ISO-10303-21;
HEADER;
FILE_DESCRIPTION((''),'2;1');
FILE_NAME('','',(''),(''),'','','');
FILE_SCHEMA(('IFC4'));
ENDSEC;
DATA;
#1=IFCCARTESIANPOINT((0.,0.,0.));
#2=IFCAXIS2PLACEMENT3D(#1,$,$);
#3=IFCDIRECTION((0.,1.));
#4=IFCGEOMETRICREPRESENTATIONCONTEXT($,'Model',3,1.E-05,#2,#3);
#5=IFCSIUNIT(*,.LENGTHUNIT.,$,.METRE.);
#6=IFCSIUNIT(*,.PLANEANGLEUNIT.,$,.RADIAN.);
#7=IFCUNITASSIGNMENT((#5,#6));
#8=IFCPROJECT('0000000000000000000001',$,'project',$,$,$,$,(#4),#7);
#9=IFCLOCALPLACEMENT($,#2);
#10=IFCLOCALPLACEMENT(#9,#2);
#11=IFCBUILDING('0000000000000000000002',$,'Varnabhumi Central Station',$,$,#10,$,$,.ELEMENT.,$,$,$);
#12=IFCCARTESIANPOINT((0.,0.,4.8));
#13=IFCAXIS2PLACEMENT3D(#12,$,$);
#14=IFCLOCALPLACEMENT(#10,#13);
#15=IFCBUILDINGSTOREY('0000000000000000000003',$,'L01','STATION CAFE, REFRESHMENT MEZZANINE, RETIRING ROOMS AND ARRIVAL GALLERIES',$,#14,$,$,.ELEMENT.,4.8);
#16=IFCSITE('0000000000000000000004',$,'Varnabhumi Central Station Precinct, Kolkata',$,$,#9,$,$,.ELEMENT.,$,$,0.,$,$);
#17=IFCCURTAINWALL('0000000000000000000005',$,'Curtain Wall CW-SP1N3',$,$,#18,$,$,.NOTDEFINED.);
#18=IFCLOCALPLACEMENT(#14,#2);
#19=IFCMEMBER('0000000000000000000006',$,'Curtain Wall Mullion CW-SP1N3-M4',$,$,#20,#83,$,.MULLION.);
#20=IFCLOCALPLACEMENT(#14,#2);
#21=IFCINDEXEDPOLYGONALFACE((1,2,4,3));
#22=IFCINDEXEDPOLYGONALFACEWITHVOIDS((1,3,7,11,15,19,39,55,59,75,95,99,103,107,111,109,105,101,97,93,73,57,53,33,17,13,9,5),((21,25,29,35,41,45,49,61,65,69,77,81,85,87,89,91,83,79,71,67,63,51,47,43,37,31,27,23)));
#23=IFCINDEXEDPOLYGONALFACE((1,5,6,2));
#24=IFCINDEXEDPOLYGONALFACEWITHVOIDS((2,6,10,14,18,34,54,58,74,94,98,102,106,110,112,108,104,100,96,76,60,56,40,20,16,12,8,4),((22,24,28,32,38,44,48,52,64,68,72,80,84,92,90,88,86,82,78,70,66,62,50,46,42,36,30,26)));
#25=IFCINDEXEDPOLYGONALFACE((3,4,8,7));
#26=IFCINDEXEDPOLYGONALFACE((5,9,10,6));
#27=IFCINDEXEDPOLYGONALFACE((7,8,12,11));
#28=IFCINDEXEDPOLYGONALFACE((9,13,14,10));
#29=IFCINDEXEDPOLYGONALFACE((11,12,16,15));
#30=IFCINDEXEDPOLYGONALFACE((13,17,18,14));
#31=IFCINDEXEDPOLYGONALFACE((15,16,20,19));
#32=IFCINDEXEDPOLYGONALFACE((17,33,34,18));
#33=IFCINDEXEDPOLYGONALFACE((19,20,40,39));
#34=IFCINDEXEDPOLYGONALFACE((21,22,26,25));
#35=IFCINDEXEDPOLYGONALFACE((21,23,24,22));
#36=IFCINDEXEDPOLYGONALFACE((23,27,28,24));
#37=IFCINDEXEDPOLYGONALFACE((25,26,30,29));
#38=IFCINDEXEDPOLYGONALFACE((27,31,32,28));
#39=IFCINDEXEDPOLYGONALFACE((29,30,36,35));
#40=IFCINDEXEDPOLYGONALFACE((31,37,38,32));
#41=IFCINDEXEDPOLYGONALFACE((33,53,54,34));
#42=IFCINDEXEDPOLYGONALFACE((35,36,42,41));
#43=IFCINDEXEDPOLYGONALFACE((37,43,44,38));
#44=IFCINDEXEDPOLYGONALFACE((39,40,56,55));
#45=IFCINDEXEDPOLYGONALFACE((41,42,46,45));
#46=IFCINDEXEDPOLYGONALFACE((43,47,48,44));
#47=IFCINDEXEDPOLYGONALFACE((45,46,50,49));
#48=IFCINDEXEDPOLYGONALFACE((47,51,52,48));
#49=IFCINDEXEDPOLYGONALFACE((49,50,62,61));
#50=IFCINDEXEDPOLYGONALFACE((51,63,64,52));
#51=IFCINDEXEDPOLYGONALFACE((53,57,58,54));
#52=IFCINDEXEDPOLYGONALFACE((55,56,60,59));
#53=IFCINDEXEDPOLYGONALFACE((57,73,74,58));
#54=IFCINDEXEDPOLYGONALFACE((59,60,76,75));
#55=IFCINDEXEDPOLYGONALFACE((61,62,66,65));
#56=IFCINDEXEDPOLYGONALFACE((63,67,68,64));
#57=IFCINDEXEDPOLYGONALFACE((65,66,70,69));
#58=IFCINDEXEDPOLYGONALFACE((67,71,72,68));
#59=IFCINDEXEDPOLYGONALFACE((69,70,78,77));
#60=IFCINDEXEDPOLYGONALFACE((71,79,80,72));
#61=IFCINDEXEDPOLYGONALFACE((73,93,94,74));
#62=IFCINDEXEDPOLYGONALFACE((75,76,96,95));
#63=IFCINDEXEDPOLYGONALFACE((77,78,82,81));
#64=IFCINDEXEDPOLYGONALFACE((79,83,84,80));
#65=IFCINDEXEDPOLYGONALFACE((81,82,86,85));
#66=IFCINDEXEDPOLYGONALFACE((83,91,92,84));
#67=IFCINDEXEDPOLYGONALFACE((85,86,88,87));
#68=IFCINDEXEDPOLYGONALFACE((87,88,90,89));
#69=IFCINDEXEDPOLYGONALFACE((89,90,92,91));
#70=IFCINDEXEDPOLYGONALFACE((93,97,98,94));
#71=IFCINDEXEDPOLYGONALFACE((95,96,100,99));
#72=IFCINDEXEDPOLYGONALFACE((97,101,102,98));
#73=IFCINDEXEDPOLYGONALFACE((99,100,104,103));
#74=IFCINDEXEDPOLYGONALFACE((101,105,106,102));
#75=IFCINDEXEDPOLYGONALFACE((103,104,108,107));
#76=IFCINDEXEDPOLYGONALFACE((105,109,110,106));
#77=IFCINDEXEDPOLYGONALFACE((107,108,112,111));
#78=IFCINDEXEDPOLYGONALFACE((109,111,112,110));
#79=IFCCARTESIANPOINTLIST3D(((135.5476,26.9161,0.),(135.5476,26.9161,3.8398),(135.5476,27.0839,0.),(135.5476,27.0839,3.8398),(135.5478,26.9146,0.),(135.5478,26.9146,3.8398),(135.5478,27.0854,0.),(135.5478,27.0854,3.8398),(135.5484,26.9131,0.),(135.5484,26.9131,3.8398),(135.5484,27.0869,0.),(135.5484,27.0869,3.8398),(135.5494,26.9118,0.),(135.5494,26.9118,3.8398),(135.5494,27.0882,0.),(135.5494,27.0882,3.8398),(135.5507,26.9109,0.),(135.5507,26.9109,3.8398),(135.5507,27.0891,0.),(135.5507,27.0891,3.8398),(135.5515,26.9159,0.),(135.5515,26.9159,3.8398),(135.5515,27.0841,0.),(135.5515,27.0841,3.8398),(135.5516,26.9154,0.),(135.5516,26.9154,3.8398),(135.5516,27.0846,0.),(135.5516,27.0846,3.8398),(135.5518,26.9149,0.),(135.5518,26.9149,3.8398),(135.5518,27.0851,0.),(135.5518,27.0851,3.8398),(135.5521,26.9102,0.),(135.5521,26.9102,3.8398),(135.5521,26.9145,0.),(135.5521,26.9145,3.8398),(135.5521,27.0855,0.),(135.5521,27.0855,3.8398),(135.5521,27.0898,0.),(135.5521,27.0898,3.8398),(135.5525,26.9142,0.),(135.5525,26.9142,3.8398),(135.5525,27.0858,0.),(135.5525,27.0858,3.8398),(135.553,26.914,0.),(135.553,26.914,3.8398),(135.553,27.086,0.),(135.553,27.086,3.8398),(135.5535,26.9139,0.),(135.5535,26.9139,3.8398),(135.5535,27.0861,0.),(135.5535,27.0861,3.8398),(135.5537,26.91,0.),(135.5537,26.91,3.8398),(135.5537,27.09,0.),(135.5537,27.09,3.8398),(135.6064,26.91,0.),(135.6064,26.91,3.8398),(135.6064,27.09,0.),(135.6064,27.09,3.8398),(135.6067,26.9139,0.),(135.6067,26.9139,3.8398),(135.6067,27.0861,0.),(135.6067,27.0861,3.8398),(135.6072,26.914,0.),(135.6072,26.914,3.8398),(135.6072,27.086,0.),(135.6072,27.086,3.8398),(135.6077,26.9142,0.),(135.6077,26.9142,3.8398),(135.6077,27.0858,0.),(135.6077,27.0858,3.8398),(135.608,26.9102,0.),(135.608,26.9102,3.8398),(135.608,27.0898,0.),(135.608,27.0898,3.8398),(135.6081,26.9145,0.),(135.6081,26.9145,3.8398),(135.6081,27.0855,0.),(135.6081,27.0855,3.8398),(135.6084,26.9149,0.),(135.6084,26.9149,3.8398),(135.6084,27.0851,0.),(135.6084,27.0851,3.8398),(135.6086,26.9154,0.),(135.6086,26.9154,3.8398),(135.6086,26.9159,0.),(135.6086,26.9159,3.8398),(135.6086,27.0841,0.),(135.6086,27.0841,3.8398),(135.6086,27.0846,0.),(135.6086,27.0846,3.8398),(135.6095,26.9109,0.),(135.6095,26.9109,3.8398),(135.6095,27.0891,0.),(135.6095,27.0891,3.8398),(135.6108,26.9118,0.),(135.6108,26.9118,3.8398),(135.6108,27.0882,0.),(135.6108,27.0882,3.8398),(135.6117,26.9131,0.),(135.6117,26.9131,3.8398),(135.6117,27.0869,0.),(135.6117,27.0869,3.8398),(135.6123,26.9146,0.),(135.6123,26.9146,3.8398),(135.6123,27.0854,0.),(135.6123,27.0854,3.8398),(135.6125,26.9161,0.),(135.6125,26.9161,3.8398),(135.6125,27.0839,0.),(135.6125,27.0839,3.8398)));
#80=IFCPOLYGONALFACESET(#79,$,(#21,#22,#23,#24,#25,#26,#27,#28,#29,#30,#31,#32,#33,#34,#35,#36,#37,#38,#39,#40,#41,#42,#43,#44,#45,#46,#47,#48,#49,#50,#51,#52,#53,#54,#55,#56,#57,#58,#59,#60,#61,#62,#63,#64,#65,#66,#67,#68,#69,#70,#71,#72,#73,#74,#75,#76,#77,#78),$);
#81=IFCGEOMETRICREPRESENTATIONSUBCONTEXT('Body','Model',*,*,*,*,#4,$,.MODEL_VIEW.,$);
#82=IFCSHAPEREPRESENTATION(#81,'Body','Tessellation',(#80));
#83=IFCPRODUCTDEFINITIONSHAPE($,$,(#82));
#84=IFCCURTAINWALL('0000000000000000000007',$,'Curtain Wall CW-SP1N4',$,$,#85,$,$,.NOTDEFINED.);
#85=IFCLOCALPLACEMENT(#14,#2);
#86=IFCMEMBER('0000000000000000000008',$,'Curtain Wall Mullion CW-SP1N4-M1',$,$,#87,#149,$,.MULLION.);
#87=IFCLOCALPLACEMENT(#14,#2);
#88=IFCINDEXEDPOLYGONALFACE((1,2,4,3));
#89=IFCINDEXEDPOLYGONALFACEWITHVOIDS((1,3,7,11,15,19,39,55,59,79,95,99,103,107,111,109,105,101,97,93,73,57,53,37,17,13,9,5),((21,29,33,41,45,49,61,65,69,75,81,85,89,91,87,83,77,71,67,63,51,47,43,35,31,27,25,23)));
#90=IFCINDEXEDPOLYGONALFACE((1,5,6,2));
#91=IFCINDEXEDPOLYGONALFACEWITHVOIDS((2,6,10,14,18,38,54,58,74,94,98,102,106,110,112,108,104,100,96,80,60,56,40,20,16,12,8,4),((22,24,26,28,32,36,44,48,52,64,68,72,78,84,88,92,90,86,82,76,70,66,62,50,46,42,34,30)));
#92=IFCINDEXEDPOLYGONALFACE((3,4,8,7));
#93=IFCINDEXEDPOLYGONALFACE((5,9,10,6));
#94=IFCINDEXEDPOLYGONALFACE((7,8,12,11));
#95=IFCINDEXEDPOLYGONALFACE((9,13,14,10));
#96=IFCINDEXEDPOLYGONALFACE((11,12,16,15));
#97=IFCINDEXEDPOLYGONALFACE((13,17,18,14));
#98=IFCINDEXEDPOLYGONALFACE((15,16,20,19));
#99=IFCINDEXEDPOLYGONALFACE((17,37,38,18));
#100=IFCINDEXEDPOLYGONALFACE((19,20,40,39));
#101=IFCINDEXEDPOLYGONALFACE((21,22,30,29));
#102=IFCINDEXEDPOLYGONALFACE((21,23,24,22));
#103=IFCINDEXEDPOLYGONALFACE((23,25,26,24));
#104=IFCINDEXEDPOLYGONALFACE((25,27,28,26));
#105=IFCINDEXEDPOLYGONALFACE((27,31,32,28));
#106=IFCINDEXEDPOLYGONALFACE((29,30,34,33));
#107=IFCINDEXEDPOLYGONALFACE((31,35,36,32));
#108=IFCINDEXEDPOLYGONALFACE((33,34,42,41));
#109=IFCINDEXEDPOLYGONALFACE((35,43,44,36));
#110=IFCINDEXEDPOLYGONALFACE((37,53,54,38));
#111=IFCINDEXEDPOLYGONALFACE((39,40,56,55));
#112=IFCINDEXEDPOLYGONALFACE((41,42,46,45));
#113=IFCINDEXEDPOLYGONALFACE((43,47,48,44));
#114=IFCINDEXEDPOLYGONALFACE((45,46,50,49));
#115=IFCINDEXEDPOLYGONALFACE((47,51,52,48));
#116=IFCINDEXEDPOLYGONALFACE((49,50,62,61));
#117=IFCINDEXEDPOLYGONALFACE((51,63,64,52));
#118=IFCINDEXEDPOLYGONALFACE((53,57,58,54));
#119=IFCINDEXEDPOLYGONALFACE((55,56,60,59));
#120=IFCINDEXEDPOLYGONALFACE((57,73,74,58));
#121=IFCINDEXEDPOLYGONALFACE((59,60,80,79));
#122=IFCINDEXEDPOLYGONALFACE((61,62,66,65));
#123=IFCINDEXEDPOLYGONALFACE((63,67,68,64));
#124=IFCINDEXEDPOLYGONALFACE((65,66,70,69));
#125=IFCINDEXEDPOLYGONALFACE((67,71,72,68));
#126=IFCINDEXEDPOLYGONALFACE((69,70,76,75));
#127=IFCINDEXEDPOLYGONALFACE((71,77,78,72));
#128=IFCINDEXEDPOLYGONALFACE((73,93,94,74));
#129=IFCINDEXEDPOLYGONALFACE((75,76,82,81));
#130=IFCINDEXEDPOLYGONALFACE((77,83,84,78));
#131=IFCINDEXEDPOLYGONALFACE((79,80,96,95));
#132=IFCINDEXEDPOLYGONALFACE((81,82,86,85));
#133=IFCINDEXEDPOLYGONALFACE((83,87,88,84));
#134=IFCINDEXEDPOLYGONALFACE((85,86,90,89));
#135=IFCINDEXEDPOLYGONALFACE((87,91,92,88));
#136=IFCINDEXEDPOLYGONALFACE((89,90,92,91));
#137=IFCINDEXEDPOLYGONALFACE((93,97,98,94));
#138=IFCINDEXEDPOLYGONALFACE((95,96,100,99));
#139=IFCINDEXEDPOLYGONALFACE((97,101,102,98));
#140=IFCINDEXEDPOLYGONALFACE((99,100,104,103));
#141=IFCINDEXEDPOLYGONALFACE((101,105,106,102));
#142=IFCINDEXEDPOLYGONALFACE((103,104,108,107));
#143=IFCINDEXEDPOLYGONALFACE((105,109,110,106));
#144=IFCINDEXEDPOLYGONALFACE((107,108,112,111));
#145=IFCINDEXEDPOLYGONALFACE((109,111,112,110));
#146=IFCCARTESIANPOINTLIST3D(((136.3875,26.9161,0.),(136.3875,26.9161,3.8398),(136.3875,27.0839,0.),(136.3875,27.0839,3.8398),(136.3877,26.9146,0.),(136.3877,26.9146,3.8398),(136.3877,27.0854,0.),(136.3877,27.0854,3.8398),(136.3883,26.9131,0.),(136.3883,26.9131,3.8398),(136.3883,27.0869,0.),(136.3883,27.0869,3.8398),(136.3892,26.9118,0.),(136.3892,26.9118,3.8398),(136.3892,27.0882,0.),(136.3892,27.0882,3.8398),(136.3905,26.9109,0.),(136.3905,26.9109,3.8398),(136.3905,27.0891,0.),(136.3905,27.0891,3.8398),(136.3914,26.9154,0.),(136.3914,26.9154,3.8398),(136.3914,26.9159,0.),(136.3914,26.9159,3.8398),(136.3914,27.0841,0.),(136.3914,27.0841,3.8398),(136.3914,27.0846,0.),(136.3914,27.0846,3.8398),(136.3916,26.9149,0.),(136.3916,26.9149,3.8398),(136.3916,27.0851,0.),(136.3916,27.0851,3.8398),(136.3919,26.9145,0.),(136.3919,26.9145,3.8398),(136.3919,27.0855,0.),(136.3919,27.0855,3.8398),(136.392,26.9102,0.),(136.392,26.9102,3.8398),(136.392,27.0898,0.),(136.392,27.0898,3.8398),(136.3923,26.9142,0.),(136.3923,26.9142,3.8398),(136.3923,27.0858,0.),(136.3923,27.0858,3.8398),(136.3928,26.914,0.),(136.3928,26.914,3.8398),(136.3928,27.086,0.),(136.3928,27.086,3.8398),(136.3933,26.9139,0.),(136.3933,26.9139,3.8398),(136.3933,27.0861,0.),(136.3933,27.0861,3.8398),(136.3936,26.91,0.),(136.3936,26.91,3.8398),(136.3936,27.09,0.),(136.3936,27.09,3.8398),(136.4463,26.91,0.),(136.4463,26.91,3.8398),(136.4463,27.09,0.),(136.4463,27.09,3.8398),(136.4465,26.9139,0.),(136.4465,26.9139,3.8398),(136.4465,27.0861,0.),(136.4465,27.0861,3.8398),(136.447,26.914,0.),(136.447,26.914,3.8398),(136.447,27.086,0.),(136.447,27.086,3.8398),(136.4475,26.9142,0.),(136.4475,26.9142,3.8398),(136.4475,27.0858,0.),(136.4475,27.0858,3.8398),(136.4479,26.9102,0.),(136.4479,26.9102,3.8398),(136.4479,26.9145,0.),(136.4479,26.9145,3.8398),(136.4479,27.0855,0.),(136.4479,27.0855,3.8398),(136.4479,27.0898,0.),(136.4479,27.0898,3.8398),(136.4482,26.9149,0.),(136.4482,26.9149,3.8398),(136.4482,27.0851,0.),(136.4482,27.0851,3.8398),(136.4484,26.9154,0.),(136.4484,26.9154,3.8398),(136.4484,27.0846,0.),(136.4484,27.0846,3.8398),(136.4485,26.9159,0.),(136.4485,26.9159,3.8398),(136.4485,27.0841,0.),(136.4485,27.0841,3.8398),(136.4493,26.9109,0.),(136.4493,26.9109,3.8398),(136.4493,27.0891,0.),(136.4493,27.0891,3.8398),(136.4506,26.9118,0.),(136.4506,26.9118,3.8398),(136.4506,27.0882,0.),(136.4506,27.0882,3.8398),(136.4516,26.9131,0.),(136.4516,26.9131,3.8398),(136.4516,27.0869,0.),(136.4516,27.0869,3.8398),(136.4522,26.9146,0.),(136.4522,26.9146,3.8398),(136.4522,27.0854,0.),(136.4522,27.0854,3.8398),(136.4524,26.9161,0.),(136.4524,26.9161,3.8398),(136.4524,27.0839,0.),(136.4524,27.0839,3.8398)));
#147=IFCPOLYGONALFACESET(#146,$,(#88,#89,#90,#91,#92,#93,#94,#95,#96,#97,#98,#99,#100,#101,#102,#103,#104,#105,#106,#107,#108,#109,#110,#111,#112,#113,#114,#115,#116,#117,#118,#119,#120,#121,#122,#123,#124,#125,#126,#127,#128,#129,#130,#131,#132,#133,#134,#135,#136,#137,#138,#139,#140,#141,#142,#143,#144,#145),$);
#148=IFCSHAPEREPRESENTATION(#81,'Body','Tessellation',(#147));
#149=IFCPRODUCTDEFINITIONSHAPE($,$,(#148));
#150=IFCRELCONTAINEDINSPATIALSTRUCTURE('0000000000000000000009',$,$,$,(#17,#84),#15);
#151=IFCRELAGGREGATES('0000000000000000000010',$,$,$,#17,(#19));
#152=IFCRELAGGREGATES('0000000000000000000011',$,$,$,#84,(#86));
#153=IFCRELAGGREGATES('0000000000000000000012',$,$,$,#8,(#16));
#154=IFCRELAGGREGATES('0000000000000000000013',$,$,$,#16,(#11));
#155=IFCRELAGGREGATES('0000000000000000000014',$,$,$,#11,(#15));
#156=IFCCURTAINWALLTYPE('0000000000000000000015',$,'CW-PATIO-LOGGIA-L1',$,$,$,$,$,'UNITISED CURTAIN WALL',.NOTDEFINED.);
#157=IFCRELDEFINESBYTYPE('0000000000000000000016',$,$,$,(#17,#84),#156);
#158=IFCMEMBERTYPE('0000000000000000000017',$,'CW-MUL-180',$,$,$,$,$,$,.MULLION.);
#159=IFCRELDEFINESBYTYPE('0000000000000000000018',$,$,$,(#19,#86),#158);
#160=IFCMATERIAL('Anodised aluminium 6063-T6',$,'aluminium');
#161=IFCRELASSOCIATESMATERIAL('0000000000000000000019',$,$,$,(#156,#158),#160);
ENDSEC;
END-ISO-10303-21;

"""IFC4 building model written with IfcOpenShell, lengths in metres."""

from ifc_helpers import new_model, si_unit, direction, frame, origin, origin_2d, place, context, subcontext, project, spatial, hollow_rectangle, extrude, material, material_profile, profile_set, type_object, element, aggregate, save


model = new_model("IFC4")

# Units and contexts
model_context = context("Model", 3, precision=1e-05, world=origin(), true_north=direction((0.0, 1.0)))
body_context = subcontext(model_context, "Body", "Model", "MODEL_VIEW")
ifc_project = project(units=[si_unit("LENGTHUNIT", "METRE"), si_unit("PLANEANGLEUNIT", "RADIAN")], contexts=[model_context])

# Site, building, storey
site_placement = place(None, origin())
site = spatial("IfcSite", under=ifc_project, at=site_placement, Name="Varnabhumi Central Station Precinct, Kolkata", CompositionType="ELEMENT", RefElevation=0.0)
building_placement = place(site_placement, origin())
building = spatial("IfcBuilding", under=site, at=building_placement, Name="Varnabhumi Central Station", CompositionType="ELEMENT")
storey_placement = place(building_placement, frame((0.0, 0.0, 4.8)))
storey = spatial("IfcBuildingStorey", under=building, at=storey_placement, Name="L01", Description="STATION CAFE, REFRESHMENT MEZZANINE, RETIRING ROOMS AND ARRIVAL GALLERIES", CompositionType="ELEMENT", Elevation=4.8)

# Curtain wall, member
ifc_material_1 = material(Name="Anodised aluminium 6063-T6", Category="aluminium")
curtain_wall_type = type_object("IfcCurtainWallType", Name="CW-PATIO-LOGGIA-L1", ElementType="UNITISED CURTAIN WALL", PredefinedType="NOTDEFINED", material=ifc_material_1)
curtain_wall_1_placement = place(storey_placement, origin())
curtain_wall_1 = element("IfcCurtainWall", 1, at=curtain_wall_1_placement, inside=storey, type_object=curtain_wall_type, Name="Curtain Wall CW-SP1N3", PredefinedType="NOTDEFINED")
ifc_material_profile_1 = material_profile(ifc_material_1, hollow_rectangle(XDim=0.0649, YDim=0.1799, WallThickness=0.0039, InnerFilletRadius=0.002, OuterFilletRadius=0.0061, at=origin_2d()), Name="Anodised aluminium 6063-T6", Category="aluminium")
ifc_profile_set_1 = profile_set([ifc_material_profile_1], Name="Anodised aluminium 6063-T6")
member_type_1 = type_object("IfcMemberType", Name="CW-MUL-180", PredefinedType="MULLION", material=ifc_profile_set_1)
member_1_placement = place(storey_placement, frame((135.5801, 27.0, 0.0), z_axis=(0.0, 0.0, 1.0), x_axis=(1.0, 0.0, 0.0)))
member_1 = element("IfcMember", 2, at=member_1_placement, type_object=member_type_1, Name="Curtain Wall Mullion CW-SP1N3-M4", PredefinedType="MULLION", context=body_context, shape_type="SweptSolid", body=[
    extrude(hollow_rectangle(XDim=0.0649, YDim=0.1799, WallThickness=0.0039, InnerFilletRadius=0.002, OuterFilletRadius=0.0061, at=origin_2d()), origin(), (0.0, 0.0, 1.0), 3.8398),
])

# Curtain wall, member
curtain_wall_2_placement = place(storey_placement, origin())
curtain_wall_2 = element("IfcCurtainWall", 3, at=curtain_wall_2_placement, inside=storey, type_object=curtain_wall_type, Name="Curtain Wall CW-SP1N4", PredefinedType="NOTDEFINED")
member_2_placement = place(storey_placement, frame((136.4199, 27.0, 0.0), z_axis=(0.0, 0.0, 1.0), x_axis=(1.0, 0.0, 0.0)))
member_2 = element("IfcMember", 4, at=member_2_placement, type_object=member_type_1, Name="Curtain Wall Mullion CW-SP1N4-M1", PredefinedType="MULLION", context=body_context, shape_type="SweptSolid", body=[
    extrude(hollow_rectangle(XDim=0.0649, YDim=0.1799, WallThickness=0.0039, InnerFilletRadius=0.002, OuterFilletRadius=0.0061, at=origin_2d()), origin(), (0.0, 0.0, 1.0), 3.8398),
])

aggregate(curtain_wall_1, [member_1])
aggregate(curtain_wall_2, [member_2])

save(model, "model.ifc")
